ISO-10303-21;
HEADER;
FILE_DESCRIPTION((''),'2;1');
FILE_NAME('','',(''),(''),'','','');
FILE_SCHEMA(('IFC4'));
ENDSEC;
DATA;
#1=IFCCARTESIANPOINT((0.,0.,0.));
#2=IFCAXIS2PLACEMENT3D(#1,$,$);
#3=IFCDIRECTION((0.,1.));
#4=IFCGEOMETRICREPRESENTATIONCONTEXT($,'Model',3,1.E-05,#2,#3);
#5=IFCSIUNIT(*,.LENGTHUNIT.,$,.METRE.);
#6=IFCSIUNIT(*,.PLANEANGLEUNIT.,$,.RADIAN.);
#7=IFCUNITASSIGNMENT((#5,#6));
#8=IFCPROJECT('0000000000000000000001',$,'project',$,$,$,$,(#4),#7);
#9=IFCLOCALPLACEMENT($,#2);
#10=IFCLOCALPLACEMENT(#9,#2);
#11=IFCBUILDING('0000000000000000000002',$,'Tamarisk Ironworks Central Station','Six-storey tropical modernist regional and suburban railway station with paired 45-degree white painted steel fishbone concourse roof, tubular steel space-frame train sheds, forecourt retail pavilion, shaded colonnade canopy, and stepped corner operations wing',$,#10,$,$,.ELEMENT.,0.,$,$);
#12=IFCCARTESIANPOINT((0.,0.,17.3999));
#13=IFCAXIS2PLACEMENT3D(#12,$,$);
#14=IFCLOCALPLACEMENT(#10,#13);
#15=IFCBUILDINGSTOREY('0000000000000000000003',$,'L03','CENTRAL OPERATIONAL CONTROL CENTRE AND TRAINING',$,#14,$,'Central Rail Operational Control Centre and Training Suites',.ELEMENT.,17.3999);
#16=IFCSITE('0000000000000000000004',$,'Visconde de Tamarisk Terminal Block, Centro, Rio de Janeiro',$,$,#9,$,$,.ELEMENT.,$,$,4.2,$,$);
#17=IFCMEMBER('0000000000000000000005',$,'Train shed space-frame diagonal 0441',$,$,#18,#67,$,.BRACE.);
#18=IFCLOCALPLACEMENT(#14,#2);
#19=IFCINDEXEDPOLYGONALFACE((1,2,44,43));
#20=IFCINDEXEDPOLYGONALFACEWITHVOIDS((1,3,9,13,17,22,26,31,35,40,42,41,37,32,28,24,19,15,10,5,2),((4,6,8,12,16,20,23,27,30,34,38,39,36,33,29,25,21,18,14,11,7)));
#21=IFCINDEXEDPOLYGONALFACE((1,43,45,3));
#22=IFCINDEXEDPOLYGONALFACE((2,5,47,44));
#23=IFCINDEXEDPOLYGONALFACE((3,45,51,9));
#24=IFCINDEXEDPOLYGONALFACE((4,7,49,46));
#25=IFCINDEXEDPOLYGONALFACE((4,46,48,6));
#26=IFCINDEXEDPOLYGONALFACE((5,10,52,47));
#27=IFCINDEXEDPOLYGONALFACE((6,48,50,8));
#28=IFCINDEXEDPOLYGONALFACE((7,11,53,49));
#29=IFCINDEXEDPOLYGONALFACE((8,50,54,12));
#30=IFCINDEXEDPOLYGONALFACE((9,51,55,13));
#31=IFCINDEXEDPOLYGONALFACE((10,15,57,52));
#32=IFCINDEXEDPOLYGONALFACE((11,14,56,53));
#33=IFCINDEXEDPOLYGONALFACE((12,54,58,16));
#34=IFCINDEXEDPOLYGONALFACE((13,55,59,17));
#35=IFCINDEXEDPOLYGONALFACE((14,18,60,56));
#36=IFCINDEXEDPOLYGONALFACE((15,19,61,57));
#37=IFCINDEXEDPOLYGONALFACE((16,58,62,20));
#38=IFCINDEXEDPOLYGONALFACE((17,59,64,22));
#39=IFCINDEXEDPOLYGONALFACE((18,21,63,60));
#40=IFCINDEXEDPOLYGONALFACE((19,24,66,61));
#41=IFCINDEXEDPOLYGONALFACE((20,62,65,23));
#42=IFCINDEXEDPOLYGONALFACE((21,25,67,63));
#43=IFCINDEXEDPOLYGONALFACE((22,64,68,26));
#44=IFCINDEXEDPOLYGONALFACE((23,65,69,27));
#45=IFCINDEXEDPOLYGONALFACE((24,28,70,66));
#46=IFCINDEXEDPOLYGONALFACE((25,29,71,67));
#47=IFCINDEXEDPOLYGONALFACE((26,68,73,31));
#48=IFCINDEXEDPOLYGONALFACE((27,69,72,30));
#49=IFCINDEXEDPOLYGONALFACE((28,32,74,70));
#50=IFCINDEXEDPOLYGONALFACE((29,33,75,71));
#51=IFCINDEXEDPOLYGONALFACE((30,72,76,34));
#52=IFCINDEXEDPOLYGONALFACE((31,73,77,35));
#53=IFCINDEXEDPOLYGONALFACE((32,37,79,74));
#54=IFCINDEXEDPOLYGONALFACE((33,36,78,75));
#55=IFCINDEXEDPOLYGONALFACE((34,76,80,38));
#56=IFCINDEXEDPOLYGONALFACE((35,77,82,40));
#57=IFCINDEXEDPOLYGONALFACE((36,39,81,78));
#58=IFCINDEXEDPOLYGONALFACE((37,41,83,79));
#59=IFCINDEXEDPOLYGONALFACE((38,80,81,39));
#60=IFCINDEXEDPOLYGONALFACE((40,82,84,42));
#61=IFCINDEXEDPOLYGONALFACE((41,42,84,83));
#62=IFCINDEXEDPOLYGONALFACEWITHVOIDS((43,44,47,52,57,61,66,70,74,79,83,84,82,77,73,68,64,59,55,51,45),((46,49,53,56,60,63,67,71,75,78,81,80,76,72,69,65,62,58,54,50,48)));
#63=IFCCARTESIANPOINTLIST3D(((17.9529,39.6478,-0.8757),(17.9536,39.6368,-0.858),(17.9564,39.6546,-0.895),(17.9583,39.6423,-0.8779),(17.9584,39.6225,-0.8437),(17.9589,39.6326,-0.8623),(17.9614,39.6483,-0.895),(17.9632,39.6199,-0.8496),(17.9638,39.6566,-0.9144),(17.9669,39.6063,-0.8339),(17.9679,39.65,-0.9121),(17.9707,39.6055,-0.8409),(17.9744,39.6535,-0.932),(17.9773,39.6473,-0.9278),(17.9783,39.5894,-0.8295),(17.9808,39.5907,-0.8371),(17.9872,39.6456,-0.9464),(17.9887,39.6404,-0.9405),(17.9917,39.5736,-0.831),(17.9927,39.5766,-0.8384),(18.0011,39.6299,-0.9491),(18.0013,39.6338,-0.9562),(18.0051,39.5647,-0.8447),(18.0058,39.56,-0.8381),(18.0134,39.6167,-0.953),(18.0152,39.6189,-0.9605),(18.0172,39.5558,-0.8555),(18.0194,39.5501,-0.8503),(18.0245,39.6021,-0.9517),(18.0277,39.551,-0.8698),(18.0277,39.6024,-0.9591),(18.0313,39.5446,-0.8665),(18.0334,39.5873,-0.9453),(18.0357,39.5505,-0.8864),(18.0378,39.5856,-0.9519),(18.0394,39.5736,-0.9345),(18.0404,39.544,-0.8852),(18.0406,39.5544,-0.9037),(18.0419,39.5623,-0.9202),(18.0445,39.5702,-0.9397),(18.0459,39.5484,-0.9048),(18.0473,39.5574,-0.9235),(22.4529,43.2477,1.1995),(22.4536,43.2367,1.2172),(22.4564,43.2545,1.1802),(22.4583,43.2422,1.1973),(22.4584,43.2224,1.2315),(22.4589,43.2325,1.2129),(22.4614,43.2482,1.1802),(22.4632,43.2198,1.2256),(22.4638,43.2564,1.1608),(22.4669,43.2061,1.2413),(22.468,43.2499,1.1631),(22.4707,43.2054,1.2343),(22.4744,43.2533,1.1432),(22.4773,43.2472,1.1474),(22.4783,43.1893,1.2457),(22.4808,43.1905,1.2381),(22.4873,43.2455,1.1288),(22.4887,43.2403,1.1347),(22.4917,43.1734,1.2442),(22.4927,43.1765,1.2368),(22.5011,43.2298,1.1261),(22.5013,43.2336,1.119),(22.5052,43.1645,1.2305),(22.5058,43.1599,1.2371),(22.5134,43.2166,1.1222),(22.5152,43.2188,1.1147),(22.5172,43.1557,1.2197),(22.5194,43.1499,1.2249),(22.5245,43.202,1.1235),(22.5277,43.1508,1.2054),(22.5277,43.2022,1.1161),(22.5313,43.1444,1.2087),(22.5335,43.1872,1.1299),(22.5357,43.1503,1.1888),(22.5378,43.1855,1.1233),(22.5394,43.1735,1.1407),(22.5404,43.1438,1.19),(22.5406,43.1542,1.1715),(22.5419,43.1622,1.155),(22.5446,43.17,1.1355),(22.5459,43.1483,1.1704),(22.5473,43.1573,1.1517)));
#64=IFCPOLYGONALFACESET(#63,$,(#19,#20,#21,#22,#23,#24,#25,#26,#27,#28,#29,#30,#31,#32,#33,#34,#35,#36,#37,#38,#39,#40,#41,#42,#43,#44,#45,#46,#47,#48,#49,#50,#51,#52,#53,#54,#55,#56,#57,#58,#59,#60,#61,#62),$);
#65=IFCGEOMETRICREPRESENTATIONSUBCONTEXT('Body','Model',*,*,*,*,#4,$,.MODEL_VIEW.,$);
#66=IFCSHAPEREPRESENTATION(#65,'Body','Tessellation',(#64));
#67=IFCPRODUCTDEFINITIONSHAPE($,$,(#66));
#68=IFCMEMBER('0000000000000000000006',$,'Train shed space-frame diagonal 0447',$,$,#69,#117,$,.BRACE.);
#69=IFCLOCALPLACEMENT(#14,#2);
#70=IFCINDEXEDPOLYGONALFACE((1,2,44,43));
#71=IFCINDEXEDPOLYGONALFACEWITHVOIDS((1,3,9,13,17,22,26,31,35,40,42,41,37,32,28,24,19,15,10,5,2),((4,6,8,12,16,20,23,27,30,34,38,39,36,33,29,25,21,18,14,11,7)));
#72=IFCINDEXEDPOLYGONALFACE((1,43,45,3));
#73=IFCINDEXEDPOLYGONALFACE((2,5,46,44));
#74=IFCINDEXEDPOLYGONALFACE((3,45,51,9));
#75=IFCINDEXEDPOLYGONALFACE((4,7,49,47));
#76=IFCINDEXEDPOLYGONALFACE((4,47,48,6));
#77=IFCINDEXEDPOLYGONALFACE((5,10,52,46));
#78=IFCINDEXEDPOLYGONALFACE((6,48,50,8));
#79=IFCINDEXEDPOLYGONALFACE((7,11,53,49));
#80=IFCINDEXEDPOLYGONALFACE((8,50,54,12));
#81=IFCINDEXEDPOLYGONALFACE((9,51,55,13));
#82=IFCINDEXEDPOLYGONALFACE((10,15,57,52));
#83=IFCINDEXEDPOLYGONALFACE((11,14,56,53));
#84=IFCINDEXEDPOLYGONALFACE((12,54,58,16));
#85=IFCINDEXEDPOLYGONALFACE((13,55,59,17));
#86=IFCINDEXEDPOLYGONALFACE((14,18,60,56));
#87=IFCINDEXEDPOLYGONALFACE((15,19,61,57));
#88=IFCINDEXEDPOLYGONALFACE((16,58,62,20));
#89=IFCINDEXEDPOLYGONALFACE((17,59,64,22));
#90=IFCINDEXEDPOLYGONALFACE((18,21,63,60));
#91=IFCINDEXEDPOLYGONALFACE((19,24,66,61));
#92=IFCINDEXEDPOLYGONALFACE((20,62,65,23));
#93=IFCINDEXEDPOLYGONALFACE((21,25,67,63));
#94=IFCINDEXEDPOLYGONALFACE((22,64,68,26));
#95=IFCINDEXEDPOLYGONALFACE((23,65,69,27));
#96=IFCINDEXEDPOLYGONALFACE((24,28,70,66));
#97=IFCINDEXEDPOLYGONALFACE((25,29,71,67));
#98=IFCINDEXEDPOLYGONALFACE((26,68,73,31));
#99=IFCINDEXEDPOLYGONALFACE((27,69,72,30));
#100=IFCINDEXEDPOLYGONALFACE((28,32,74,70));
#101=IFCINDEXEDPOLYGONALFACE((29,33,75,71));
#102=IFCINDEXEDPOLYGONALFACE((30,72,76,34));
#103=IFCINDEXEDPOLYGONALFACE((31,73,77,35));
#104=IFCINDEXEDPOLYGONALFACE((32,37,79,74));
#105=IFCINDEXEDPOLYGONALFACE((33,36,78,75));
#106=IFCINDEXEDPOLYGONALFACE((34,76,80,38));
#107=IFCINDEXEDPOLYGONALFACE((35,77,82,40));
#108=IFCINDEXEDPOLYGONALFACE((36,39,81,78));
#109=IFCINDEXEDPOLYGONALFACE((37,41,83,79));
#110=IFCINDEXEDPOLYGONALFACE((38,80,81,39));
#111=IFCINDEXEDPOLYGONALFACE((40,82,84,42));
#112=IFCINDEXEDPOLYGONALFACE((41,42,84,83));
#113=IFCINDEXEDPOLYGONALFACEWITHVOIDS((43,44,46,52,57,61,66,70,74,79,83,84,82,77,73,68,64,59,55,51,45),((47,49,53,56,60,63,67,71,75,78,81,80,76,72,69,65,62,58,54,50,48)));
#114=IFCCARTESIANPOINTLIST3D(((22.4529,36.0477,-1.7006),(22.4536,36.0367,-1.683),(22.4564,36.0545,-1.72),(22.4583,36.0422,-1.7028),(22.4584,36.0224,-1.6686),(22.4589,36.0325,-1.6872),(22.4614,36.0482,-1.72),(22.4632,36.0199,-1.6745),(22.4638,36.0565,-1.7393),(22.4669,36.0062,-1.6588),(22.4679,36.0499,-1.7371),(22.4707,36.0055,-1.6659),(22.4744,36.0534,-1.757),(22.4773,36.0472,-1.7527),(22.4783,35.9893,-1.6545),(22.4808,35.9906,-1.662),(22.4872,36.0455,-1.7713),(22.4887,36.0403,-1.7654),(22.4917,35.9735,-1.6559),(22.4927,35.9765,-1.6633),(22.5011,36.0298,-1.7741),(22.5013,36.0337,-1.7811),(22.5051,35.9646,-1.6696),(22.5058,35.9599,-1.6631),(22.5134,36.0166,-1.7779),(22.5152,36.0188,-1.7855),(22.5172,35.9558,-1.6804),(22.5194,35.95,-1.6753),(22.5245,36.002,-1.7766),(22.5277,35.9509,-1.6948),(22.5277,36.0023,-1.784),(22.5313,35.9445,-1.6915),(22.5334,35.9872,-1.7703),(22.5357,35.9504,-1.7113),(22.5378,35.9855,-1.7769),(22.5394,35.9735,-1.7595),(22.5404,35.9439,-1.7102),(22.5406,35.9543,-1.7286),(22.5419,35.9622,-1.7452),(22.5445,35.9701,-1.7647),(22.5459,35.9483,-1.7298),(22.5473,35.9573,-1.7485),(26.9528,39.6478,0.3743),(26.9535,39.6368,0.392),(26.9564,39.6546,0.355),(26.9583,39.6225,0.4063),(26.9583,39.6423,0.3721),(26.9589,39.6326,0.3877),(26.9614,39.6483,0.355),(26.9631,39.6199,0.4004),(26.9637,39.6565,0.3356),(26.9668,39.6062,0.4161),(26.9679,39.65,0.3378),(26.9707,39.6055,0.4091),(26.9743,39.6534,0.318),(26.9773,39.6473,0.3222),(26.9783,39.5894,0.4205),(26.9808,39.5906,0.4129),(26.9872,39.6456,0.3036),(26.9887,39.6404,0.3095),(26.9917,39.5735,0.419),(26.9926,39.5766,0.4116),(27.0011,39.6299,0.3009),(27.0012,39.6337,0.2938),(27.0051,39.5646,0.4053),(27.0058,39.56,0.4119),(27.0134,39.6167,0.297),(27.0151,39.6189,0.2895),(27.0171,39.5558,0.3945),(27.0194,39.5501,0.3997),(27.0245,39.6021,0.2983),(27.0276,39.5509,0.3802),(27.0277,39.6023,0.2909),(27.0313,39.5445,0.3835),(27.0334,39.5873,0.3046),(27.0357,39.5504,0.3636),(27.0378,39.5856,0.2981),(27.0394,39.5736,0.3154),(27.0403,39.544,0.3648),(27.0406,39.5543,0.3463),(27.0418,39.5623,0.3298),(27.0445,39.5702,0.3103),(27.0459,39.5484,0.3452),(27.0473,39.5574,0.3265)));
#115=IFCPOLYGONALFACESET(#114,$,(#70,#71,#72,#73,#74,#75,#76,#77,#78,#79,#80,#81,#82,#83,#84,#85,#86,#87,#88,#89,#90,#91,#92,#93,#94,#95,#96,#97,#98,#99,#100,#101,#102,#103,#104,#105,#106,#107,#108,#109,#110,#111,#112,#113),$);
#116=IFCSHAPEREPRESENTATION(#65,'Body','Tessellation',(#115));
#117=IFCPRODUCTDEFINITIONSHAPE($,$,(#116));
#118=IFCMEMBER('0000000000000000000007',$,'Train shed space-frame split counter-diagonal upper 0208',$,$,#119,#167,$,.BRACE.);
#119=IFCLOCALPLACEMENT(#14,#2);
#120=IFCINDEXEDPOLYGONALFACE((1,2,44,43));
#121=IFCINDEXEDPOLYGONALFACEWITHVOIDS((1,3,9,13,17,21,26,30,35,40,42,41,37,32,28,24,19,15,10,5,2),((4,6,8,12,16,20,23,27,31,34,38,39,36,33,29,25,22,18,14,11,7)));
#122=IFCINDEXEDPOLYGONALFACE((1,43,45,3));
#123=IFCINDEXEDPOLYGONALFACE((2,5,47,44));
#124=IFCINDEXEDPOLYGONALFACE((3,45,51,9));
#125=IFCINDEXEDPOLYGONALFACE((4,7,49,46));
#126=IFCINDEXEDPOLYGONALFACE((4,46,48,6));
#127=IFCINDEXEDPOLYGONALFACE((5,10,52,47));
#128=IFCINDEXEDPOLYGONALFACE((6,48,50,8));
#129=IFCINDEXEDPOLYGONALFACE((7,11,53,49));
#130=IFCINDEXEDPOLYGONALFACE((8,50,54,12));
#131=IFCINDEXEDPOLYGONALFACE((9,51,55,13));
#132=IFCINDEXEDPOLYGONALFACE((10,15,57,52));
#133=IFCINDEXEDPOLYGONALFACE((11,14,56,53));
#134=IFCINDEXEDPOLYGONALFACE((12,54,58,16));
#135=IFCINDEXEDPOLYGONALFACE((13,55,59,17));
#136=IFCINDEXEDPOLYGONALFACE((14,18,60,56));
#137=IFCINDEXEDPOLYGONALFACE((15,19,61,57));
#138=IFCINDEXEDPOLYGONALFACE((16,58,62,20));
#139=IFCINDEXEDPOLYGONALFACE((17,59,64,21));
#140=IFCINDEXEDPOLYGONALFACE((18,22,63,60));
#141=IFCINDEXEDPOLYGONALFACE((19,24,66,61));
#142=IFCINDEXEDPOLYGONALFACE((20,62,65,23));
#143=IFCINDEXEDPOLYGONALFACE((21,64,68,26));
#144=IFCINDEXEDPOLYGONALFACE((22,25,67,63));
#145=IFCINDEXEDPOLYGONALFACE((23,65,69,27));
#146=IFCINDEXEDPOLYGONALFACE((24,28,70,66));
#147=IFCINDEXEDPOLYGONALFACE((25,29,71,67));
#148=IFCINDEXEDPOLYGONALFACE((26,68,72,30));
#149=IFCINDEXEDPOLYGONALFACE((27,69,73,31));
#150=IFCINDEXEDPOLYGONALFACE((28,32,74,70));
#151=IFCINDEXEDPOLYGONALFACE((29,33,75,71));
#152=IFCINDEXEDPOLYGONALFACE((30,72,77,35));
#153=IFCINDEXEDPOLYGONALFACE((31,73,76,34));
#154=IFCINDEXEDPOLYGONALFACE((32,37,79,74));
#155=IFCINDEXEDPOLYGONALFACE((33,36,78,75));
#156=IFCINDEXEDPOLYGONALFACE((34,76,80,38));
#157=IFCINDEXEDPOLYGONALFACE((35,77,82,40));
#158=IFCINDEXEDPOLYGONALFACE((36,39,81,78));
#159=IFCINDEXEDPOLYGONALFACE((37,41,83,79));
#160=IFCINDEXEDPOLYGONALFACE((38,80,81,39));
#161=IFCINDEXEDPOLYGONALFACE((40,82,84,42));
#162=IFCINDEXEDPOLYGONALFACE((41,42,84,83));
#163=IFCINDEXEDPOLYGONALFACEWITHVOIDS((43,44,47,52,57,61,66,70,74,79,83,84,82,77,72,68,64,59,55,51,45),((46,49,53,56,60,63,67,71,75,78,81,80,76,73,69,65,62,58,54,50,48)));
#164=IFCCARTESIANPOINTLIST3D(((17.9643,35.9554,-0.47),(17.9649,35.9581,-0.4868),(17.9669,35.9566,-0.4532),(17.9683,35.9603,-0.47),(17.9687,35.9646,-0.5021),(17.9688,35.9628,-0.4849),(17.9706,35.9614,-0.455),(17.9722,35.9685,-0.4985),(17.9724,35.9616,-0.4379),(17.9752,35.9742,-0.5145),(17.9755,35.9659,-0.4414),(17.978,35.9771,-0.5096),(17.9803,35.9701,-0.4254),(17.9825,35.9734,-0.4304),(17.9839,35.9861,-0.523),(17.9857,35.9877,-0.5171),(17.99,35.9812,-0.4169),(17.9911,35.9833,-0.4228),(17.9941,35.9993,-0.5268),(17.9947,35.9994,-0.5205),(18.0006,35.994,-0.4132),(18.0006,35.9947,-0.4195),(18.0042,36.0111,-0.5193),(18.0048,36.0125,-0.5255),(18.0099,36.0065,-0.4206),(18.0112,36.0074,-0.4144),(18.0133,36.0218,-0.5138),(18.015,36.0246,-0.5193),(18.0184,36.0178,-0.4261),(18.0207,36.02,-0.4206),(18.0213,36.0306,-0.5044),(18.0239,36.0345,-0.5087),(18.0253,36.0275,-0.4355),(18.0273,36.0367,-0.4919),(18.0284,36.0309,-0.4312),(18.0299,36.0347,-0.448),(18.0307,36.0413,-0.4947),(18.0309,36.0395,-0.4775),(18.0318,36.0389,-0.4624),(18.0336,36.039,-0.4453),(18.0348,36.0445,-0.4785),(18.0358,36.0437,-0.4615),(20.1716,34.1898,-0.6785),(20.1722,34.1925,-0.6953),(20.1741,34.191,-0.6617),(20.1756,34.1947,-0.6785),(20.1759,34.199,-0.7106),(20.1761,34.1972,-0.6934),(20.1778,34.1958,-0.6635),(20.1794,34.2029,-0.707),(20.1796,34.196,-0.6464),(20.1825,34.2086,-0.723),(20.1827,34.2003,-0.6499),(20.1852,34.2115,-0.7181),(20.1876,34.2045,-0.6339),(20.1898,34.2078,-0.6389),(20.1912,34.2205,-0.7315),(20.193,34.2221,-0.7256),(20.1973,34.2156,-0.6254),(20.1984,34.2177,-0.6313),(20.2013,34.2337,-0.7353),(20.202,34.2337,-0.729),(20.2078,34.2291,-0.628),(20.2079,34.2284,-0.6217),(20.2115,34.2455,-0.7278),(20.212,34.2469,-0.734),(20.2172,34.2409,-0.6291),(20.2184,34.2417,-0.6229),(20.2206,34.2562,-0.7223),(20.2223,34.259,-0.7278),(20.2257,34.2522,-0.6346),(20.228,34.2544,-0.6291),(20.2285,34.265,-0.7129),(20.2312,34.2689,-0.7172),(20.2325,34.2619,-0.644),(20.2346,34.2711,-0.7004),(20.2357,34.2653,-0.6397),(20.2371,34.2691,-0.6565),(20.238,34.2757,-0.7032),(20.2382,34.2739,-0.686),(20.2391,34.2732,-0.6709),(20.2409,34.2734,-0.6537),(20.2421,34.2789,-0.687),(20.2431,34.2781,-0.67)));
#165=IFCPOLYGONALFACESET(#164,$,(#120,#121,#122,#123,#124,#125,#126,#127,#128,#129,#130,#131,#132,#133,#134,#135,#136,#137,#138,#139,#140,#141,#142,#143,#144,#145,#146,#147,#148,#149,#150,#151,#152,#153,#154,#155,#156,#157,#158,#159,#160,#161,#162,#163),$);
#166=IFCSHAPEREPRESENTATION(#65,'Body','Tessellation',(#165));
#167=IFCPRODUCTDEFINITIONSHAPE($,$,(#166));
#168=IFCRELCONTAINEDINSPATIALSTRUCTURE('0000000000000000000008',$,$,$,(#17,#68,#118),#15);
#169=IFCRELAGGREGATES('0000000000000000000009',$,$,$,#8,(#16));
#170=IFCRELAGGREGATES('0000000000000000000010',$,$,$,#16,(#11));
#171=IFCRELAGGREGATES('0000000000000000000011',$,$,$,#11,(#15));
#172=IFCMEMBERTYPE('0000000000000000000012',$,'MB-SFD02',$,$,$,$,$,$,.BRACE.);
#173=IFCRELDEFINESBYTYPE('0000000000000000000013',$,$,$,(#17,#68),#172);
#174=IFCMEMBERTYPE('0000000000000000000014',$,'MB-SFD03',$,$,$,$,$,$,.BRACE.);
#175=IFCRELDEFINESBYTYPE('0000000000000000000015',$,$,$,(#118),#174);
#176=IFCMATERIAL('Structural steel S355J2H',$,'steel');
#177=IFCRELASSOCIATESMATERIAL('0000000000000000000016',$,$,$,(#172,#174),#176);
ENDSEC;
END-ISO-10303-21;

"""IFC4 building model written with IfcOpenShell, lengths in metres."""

from ifc_helpers import new_model, si_unit, direction, frame, origin, origin_2d, place, context, subcontext, project, spatial, hollow_circle, extrude, material, material_profile, profile_set, type_object, element, save


model = new_model("IFC4")

# Units and contexts
model_context = context("Model", 3, precision=1e-05, world=origin(), true_north=direction((0.0, 1.0)))
body_context = subcontext(model_context, "Body", "Model", "MODEL_VIEW")
ifc_project = project(units=[si_unit("LENGTHUNIT", "METRE"), si_unit("PLANEANGLEUNIT", "RADIAN")], contexts=[model_context])

# Site, building, storey
site_placement = place(None, origin())
site = spatial("IfcSite", under=ifc_project, at=site_placement, Name="Visconde de Tamarisk Terminal Block, Centro, Rio de Janeiro", CompositionType="ELEMENT", RefElevation=4.2)
building_placement = place(site_placement, origin())
building = spatial("IfcBuilding", under=site, at=building_placement, Name="Tamarisk Ironworks Central Station", Description="Six-storey tropical modernist regional and suburban railway station with paired 45-degree white painted steel fishbone concourse roof, tubular steel space-frame train sheds, forecourt retail pavilion, shaded colonnade canopy, and stepped corner operations wing", CompositionType="ELEMENT", ElevationOfRefHeight=0.0)
storey_placement = place(building_placement, frame((0.0, 0.0, 17.3999)))
storey = spatial("IfcBuildingStorey", under=building, at=storey_placement, Name="L03", Description="CENTRAL OPERATIONAL CONTROL CENTRE AND TRAINING", LongName="Central Rail Operational Control Centre and Training Suites", CompositionType="ELEMENT", Elevation=17.3999)

# Members
ifc_material_1 = material(Name="Structural steel S355J2H", Category="steel")
ifc_material_profile_1 = material_profile(ifc_material_1, hollow_circle(Radius=0.0698, WallThickness=0.0081, at=origin_2d()), Name="CHS 139.7x8")
ifc_profile_set_1 = profile_set([ifc_material_profile_1], Name="Structural steel S355J2H")
member_type_1 = type_object("IfcMemberType", Name="MB-SFD02", PredefinedType="BRACE", material=ifc_profile_set_1)
for number, where, z_axis, x_axis, name in (
    (1, (18.0, 39.6001, -0.895), (0.734696, 0.587733, 0.338809), (-0.62468, 0.780881, 0.0), "Train shed space-frame diagonal 0441"),
    (2, (22.5, 36.0, -1.72), (0.734689, 0.587767, 0.338765), (-0.624705, 0.780861, 0.0), "Train shed space-frame diagonal 0447"),
):
    element("IfcMember", number, at=place(storey_placement, frame(where, z_axis=z_axis, x_axis=x_axis)), inside=storey, type_object=member_type_1, Name=name, PredefinedType="BRACE", context=body_context, shape_type="SweptSolid", body=[
        extrude(hollow_circle(Radius=0.0698, WallThickness=0.0081, at=origin_2d()), origin(), (0.0, 0.0, 1.0), 6.125),
    ])
ifc_material_profile_2 = material_profile(ifc_material_1, hollow_circle(Radius=0.0571, WallThickness=0.0063, at=origin_2d()), Name="CHS 114.3x6.3")
ifc_profile_set_2 = profile_set([ifc_material_profile_2], Name="Structural steel S355J2H")
member_type_2 = type_object("IfcMemberType", Name="MB-SFD03", PredefinedType="BRACE", material=ifc_profile_set_2)
for number, where, z_axis, x_axis, name in (
    (3, (20.2073, 34.2344, -0.6785), (-0.778787, 0.62296, 0.073563), (-0.624653, -0.780903, 0.0), "Train shed space-frame split counter-diagonal upper 0208"),
):
    element("IfcMember", number, at=place(storey_placement, frame(where, z_axis=z_axis, x_axis=x_axis)), inside=storey, type_object=member_type_2, Name=name, PredefinedType="BRACE", context=body_context, shape_type="SweptSolid", body=[
        extrude(hollow_circle(Radius=0.0571, WallThickness=0.0063, at=origin_2d()), origin(), (0.0, 0.0, 1.0), 2.8342),
    ])

save(model, "model.ifc")
